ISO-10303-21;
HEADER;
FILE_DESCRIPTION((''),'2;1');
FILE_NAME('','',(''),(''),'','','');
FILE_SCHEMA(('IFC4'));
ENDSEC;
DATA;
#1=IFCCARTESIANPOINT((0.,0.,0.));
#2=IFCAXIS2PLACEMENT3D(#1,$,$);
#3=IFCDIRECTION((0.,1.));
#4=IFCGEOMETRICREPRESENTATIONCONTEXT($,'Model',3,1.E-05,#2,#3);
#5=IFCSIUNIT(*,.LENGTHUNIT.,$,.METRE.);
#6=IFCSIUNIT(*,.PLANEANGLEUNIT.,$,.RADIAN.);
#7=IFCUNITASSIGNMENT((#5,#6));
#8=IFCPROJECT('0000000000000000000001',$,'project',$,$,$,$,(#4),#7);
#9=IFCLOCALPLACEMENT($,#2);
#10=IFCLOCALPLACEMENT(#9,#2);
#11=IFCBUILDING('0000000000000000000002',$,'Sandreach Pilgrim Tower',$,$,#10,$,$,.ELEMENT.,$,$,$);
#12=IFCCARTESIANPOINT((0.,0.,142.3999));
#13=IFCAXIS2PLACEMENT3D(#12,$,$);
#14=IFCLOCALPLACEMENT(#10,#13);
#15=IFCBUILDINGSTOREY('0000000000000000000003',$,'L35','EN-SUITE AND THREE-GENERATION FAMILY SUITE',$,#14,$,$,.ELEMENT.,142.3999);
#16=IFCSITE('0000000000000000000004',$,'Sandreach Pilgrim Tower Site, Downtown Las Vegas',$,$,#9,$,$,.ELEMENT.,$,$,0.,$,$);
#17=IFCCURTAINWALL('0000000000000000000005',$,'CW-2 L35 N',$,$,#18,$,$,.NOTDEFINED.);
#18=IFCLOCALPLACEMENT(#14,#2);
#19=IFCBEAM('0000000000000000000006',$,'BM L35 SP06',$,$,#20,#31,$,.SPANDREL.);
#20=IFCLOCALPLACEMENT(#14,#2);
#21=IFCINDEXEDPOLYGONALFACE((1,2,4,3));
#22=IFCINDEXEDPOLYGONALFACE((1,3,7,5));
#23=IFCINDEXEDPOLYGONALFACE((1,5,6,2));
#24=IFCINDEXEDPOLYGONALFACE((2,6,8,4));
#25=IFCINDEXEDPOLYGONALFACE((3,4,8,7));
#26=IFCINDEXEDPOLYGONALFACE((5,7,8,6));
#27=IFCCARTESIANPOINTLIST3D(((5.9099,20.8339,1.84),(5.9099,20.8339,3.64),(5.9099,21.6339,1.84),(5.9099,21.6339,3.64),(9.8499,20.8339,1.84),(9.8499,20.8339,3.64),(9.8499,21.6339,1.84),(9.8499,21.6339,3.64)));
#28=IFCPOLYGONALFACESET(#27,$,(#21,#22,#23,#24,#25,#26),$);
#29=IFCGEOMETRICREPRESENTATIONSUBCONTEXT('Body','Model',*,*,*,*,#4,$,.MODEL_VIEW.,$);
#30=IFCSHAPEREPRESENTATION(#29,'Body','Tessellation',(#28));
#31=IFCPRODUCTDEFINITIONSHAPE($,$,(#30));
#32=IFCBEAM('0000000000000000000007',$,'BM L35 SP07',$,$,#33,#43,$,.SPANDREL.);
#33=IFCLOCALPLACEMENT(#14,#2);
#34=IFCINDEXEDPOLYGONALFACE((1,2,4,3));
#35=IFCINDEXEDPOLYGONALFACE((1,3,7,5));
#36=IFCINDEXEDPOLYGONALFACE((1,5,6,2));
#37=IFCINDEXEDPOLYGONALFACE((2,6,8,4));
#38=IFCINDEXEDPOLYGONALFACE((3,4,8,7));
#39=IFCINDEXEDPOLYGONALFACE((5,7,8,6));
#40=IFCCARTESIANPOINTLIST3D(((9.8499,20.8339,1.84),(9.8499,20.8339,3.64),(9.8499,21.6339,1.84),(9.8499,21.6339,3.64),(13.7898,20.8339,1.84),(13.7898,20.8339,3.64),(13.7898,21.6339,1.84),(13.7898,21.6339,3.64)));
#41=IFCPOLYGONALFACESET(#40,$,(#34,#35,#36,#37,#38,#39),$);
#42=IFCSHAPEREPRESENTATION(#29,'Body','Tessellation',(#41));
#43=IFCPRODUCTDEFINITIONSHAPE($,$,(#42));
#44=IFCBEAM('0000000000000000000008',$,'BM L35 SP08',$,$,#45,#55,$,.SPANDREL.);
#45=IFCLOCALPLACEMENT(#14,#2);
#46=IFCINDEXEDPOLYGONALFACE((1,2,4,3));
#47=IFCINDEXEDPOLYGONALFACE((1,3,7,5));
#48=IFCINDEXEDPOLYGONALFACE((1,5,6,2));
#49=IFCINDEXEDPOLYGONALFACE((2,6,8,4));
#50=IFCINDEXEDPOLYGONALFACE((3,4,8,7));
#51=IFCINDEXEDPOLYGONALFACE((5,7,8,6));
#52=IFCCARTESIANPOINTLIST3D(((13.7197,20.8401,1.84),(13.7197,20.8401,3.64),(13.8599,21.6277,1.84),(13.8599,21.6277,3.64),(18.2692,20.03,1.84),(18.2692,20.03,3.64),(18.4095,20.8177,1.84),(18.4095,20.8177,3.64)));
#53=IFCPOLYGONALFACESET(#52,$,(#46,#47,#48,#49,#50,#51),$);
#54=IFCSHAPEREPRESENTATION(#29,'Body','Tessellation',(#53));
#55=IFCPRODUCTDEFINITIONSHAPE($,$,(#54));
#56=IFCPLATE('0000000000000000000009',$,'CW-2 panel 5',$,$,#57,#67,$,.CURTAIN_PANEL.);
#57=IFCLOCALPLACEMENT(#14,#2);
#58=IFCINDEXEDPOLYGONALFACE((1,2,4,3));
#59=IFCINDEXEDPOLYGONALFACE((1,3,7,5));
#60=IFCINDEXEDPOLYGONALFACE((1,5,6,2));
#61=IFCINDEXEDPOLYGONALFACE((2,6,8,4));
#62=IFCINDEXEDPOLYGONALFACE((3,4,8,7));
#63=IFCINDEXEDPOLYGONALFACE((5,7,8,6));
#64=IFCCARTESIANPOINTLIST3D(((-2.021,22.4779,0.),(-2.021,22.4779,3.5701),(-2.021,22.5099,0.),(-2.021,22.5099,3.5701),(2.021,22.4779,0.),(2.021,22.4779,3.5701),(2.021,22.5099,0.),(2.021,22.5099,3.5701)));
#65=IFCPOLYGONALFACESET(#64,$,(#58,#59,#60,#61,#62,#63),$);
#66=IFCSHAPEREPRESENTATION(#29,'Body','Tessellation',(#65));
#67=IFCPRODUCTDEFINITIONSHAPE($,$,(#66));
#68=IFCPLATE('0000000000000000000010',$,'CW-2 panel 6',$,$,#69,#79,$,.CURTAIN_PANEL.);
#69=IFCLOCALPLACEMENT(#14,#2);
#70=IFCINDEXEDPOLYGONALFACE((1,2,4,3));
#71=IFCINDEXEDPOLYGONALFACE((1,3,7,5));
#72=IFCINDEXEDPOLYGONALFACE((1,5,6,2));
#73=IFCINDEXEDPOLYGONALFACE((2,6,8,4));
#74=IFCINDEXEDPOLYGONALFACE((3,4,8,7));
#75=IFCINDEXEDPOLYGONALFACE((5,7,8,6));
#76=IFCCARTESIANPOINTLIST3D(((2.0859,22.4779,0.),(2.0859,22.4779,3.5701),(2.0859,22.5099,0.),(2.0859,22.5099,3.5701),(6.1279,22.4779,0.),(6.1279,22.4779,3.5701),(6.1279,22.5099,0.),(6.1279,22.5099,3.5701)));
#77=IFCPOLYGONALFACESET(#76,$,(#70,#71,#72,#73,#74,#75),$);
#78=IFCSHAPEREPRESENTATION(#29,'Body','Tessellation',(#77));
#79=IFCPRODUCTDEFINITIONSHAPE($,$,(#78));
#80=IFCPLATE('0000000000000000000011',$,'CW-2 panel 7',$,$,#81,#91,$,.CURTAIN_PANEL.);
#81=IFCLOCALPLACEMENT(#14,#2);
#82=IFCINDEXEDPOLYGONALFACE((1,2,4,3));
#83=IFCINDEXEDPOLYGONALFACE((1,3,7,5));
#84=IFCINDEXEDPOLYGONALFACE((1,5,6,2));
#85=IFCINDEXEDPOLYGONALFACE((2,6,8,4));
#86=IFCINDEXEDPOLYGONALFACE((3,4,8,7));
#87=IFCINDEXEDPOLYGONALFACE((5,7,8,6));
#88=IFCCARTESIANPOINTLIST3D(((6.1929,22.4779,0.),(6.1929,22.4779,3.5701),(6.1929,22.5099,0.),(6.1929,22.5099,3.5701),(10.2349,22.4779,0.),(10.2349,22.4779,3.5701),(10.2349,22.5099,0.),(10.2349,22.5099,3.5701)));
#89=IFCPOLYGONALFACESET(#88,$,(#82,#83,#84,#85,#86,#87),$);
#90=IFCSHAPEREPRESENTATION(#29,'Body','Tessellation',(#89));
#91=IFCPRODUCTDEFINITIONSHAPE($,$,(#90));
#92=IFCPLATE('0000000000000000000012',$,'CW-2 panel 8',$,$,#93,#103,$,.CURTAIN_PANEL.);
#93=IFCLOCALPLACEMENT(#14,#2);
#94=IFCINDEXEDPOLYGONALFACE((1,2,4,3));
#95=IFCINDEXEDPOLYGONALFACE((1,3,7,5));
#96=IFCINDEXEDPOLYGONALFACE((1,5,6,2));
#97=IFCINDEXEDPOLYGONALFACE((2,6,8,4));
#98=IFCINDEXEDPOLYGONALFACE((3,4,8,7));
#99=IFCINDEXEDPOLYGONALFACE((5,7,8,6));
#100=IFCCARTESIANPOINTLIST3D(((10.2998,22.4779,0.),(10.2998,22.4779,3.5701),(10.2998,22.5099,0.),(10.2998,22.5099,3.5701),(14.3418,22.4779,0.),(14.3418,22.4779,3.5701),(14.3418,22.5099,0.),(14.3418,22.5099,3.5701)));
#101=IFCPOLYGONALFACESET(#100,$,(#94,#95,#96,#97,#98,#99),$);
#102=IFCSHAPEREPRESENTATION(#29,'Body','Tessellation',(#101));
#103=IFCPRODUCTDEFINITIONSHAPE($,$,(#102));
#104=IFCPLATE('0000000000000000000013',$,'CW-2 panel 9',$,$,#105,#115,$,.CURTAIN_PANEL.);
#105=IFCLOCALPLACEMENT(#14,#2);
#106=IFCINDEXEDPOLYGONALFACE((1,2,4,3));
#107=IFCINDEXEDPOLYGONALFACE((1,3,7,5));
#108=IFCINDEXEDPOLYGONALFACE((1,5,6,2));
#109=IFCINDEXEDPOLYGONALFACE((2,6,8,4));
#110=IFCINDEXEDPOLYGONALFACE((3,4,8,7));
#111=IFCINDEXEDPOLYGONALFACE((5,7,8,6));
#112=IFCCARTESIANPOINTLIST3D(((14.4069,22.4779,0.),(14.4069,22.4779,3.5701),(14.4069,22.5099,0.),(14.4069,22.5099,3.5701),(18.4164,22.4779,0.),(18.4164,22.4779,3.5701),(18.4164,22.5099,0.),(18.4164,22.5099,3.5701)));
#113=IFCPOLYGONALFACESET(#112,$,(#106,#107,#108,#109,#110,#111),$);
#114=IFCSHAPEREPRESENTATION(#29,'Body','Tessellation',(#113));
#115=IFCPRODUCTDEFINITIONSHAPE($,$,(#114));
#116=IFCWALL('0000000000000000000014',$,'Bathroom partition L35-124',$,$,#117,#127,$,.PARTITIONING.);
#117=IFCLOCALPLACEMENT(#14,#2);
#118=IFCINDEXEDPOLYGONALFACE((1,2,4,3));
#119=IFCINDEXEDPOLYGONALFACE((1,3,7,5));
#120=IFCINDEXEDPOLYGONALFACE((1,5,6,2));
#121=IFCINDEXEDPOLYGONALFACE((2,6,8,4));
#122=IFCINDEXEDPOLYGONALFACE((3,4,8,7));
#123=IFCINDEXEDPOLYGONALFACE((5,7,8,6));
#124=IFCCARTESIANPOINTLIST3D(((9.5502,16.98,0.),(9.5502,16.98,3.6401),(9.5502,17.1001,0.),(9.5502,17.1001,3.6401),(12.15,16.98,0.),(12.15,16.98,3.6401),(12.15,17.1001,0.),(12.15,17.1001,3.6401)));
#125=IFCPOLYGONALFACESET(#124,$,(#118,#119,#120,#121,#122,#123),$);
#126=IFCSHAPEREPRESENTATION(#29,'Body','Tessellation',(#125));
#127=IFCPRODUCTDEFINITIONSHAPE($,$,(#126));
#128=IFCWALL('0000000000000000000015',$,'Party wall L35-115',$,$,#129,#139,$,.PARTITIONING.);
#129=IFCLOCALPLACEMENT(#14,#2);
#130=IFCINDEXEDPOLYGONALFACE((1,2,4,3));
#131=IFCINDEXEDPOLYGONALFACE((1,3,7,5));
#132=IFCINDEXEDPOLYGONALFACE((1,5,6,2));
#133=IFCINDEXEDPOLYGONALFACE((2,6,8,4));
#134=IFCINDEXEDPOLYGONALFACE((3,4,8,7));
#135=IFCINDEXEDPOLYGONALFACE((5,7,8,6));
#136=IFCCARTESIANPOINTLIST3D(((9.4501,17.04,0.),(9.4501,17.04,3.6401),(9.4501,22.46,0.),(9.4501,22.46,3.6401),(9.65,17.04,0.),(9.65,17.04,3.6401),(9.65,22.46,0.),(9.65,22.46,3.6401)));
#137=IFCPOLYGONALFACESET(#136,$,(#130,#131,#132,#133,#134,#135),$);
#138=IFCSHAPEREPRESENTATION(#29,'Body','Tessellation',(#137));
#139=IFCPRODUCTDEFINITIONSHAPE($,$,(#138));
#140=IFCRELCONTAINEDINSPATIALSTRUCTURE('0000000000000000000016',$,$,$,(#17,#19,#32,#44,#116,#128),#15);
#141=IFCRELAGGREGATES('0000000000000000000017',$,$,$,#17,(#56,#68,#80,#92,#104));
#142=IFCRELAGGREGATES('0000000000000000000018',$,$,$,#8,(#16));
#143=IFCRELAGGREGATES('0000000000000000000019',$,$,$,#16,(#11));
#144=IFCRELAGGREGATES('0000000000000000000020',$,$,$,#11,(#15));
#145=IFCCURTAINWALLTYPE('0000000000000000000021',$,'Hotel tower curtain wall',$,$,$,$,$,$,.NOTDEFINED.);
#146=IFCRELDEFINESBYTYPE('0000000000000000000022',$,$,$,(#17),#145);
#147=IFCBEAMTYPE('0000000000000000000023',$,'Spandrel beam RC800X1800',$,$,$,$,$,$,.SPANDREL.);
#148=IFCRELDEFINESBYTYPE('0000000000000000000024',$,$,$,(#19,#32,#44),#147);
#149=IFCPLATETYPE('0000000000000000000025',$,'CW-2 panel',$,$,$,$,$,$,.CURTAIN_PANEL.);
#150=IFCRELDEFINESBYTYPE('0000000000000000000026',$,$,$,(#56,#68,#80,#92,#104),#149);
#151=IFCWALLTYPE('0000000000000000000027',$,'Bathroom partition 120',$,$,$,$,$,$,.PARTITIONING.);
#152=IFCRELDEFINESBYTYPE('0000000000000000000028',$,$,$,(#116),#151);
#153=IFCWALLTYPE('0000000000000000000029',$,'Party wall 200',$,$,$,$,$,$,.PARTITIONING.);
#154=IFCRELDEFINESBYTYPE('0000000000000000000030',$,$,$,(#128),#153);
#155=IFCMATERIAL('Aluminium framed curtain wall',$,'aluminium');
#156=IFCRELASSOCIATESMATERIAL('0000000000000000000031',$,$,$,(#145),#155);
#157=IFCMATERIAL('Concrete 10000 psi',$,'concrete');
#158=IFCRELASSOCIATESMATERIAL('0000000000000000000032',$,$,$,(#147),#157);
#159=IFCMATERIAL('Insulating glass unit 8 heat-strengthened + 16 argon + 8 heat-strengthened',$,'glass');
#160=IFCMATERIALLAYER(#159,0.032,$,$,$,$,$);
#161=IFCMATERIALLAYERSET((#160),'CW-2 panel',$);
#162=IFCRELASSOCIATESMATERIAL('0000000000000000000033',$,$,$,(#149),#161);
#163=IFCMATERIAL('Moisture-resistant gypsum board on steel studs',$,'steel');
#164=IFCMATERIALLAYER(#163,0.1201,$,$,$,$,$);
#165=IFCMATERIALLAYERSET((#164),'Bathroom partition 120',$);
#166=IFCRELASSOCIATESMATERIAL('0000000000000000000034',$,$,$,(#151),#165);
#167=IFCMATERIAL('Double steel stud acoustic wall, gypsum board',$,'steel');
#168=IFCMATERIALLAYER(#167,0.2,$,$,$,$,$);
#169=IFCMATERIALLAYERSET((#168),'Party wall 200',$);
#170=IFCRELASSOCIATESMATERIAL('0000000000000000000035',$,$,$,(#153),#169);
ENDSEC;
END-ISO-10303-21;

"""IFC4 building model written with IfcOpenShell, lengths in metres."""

from ifc_helpers import new_model, si_unit, direction, frame, frame_2d, origin, origin_2d, place, context, subcontext, project, spatial, rectangle, extrude, material, layer, layer_set, material_profile, profile_set, type_object, element, aggregate, save


model = new_model("IFC4")

# Units and contexts
model_context = context("Model", 3, precision=1e-05, world=origin(), true_north=direction((0.0, 1.0)))
body_context = subcontext(model_context, "Body", "Model", "MODEL_VIEW")
ifc_project = project(units=[si_unit("LENGTHUNIT", "METRE"), si_unit("PLANEANGLEUNIT", "RADIAN")], contexts=[model_context])

# Site, building, storey
site_placement = place(None, origin())
site = spatial("IfcSite", under=ifc_project, at=site_placement, Name="Sandreach Pilgrim Tower Site, Downtown Las Vegas", CompositionType="ELEMENT", RefElevation=0.0)
building_placement = place(site_placement, origin())
building = spatial("IfcBuilding", under=site, at=building_placement, Name="Sandreach Pilgrim Tower", CompositionType="ELEMENT")
storey_placement = place(building_placement, frame((0.0, 0.0, 142.3999)))
storey = spatial("IfcBuildingStorey", under=building, at=storey_placement, Name="L35", Description="EN-SUITE AND THREE-GENERATION FAMILY SUITE", CompositionType="ELEMENT", Elevation=142.3999)

# Curtain wall
ifc_material_1 = material(Name="Aluminium framed curtain wall", Category="aluminium")
curtain_wall_type = type_object("IfcCurtainWallType", Name="Hotel tower curtain wall", PredefinedType="NOTDEFINED", material=ifc_material_1)
curtain_wall_placement = place(storey_placement, origin())
curtain_wall = element("IfcCurtainWall", 1, at=curtain_wall_placement, inside=storey, type_object=curtain_wall_type, Name="CW-2 L35 N", PredefinedType="NOTDEFINED")

# Beams
ifc_material_2 = material(Name="Concrete 10000 psi", Category="concrete")
ifc_material_profile_1 = material_profile(ifc_material_2, rectangle(XDim=0.8, YDim=1.8, at=origin_2d()), Name="RC800X1800")
ifc_profile_set_1 = profile_set([ifc_material_profile_1], Name="Concrete 10000 psi")
beam_type_1 = type_object("IfcBeamType", Name="Spandrel beam RC800X1800", PredefinedType="SPANDREL", material=ifc_profile_set_1)
for number, where, z_axis, x_axis, name in (
    (2, (5.9099, 21.2339, 2.74), (1.0, 0.0, 0.0), (0.0, 1.0, 0.0), "BM L35 SP06"),
    (3, (9.8499, 21.2339, 2.74), (1.0, 0.0, 0.0), (0.0, 1.0, 0.0), "BM L35 SP07"),
):
    element("IfcBeam", number, at=place(storey_placement, frame(where, z_axis=z_axis, x_axis=x_axis)), inside=storey, type_object=beam_type_1, Name=name, PredefinedType="SPANDREL", context=body_context, shape_type="SweptSolid", body=[
        extrude(rectangle(XDim=0.8, YDim=1.8, at=origin_2d()), origin(), (0.0, 0.0, 1.0), 3.9399),
    ])
beam_1_placement = place(storey_placement, frame((13.7898, 21.2339, 2.74), z_axis=(0.984516, -0.175295, 0.0), x_axis=(0.175295, 0.984516, 0.0)))
element("IfcBeam", 4, at=beam_1_placement, inside=storey, type_object=beam_type_1, Name="BM L35 SP08", PredefinedType="SPANDREL", context=body_context, shape_type="SweptSolid", body=[
    extrude(rectangle(XDim=0.8, YDim=1.8, at=origin_2d()), origin(), (0.0, 0.0, 1.0), 4.6211),
])

# Plates
ifc_material_3 = material(Name="Insulating glass unit 8 heat-strengthened + 16 argon + 8 heat-strengthened", Category="glass")
ifc_layer_1 = layer(ifc_material_3, 0.032)
ifc_layer_set_1 = layer_set([ifc_layer_1], Name="CW-2 panel")
plate_type = type_object("IfcPlateType", Name="CW-2 panel", PredefinedType="CURTAIN_PANEL", material=ifc_layer_set_1)
plate_1_placement = place(storey_placement, frame((0.0, 22.4939, 0.0), z_axis=(0.0, 0.0, 1.0), x_axis=(1.0, 0.0, 0.0)))
plate_1 = element("IfcPlate", 5, at=plate_1_placement, type_object=plate_type, Name="CW-2 panel 5", PredefinedType="CURTAIN_PANEL", context=body_context, shape_type="SweptSolid", body=[
    extrude(rectangle(XDim=4.042, YDim=0.032, at=origin_2d()), origin(), (0.0, 0.0, 1.0), 3.5701),
])
plate_2_placement = place(storey_placement, frame((4.1069, 22.4939, 0.0), z_axis=(0.0, 0.0, 1.0), x_axis=(1.0, 0.0, 0.0)))
plate_2 = element("IfcPlate", 6, at=plate_2_placement, type_object=plate_type, Name="CW-2 panel 6", PredefinedType="CURTAIN_PANEL", context=body_context, shape_type="SweptSolid", body=[
    extrude(rectangle(XDim=4.042, YDim=0.032, at=origin_2d()), origin(), (0.0, 0.0, 1.0), 3.5701),
])
plate_3_placement = place(storey_placement, frame((8.2139, 22.4939, 0.0), z_axis=(0.0, 0.0, 1.0), x_axis=(1.0, 0.0, 0.0)))
plate_3 = element("IfcPlate", 7, at=plate_3_placement, type_object=plate_type, Name="CW-2 panel 7", PredefinedType="CURTAIN_PANEL", context=body_context, shape_type="SweptSolid", body=[
    extrude(rectangle(XDim=4.042, YDim=0.032, at=origin_2d()), origin(), (0.0, 0.0, 1.0), 3.5701),
])
plate_4_placement = place(storey_placement, frame((12.3208, 22.4939, 0.0), z_axis=(0.0, 0.0, 1.0), x_axis=(1.0, 0.0, 0.0)))
plate_4 = element("IfcPlate", 8, at=plate_4_placement, type_object=plate_type, Name="CW-2 panel 8", PredefinedType="CURTAIN_PANEL", context=body_context, shape_type="SweptSolid", body=[
    extrude(rectangle(XDim=4.042, YDim=0.032, at=origin_2d()), origin(), (0.0, 0.0, 1.0), 3.5701),
])
plate_5_placement = place(storey_placement, frame((16.4116, 22.4939, 0.0), z_axis=(0.0, 0.0, 1.0), x_axis=(1.0, 0.0, 0.0)))
plate_5 = element("IfcPlate", 9, at=plate_5_placement, type_object=plate_type, Name="CW-2 panel 9", PredefinedType="CURTAIN_PANEL", context=body_context, shape_type="SweptSolid", body=[
    extrude(rectangle(XDim=4.0095, YDim=0.032, at=origin_2d()), origin(), (0.0, 0.0, 1.0), 3.5701),
])
aggregate(curtain_wall, [plate_1, plate_2, plate_3, plate_4, plate_5])

# Walls
ifc_material_4 = material(Name="Moisture-resistant gypsum board on steel studs", Category="steel")
ifc_layer_2 = layer(ifc_material_4, 0.1201)
ifc_layer_set_2 = layer_set([ifc_layer_2], Name="Bathroom partition 120")
wall_type_1 = type_object("IfcWallType", Name="Bathroom partition 120", PredefinedType="PARTITIONING", material=ifc_layer_set_2)
wall_1_placement = place(storey_placement, frame((12.1499, 17.04, 0.0), z_axis=(0.0, 0.0, 1.0), x_axis=(-1.0, 0.0, 0.0)))
element("IfcWall", 10, at=wall_1_placement, inside=storey, type_object=wall_type_1, Name="Bathroom partition L35-124", PredefinedType="PARTITIONING", context=body_context, shape_type="SweptSolid", body=[
    extrude(rectangle(XDim=2.5999, YDim=0.1201, at=frame_2d((1.2998, 0.0))), origin(), (0.0, 0.0, 1.0), 3.6401),
])
ifc_material_5 = material(Name="Double steel stud acoustic wall, gypsum board", Category="steel")
ifc_layer_3 = layer(ifc_material_5, 0.2)
ifc_layer_set_3 = layer_set([ifc_layer_3], Name="Party wall 200")
wall_type_2 = type_object("IfcWallType", Name="Party wall 200", PredefinedType="PARTITIONING", material=ifc_layer_set_3)
wall_2_placement = place(storey_placement, frame((9.55, 22.46, 0.0), z_axis=(0.0, 0.0, 1.0), x_axis=(0.0, -1.0, 0.0)))
element("IfcWall", 11, at=wall_2_placement, inside=storey, type_object=wall_type_2, Name="Party wall L35-115", PredefinedType="PARTITIONING", context=body_context, shape_type="SweptSolid", body=[
    extrude(rectangle(XDim=5.4199, YDim=0.2, at=frame_2d((2.71, 0.0))), origin(), (0.0, 0.0, 1.0), 3.6401),
])

save(model, "model.ifc")
